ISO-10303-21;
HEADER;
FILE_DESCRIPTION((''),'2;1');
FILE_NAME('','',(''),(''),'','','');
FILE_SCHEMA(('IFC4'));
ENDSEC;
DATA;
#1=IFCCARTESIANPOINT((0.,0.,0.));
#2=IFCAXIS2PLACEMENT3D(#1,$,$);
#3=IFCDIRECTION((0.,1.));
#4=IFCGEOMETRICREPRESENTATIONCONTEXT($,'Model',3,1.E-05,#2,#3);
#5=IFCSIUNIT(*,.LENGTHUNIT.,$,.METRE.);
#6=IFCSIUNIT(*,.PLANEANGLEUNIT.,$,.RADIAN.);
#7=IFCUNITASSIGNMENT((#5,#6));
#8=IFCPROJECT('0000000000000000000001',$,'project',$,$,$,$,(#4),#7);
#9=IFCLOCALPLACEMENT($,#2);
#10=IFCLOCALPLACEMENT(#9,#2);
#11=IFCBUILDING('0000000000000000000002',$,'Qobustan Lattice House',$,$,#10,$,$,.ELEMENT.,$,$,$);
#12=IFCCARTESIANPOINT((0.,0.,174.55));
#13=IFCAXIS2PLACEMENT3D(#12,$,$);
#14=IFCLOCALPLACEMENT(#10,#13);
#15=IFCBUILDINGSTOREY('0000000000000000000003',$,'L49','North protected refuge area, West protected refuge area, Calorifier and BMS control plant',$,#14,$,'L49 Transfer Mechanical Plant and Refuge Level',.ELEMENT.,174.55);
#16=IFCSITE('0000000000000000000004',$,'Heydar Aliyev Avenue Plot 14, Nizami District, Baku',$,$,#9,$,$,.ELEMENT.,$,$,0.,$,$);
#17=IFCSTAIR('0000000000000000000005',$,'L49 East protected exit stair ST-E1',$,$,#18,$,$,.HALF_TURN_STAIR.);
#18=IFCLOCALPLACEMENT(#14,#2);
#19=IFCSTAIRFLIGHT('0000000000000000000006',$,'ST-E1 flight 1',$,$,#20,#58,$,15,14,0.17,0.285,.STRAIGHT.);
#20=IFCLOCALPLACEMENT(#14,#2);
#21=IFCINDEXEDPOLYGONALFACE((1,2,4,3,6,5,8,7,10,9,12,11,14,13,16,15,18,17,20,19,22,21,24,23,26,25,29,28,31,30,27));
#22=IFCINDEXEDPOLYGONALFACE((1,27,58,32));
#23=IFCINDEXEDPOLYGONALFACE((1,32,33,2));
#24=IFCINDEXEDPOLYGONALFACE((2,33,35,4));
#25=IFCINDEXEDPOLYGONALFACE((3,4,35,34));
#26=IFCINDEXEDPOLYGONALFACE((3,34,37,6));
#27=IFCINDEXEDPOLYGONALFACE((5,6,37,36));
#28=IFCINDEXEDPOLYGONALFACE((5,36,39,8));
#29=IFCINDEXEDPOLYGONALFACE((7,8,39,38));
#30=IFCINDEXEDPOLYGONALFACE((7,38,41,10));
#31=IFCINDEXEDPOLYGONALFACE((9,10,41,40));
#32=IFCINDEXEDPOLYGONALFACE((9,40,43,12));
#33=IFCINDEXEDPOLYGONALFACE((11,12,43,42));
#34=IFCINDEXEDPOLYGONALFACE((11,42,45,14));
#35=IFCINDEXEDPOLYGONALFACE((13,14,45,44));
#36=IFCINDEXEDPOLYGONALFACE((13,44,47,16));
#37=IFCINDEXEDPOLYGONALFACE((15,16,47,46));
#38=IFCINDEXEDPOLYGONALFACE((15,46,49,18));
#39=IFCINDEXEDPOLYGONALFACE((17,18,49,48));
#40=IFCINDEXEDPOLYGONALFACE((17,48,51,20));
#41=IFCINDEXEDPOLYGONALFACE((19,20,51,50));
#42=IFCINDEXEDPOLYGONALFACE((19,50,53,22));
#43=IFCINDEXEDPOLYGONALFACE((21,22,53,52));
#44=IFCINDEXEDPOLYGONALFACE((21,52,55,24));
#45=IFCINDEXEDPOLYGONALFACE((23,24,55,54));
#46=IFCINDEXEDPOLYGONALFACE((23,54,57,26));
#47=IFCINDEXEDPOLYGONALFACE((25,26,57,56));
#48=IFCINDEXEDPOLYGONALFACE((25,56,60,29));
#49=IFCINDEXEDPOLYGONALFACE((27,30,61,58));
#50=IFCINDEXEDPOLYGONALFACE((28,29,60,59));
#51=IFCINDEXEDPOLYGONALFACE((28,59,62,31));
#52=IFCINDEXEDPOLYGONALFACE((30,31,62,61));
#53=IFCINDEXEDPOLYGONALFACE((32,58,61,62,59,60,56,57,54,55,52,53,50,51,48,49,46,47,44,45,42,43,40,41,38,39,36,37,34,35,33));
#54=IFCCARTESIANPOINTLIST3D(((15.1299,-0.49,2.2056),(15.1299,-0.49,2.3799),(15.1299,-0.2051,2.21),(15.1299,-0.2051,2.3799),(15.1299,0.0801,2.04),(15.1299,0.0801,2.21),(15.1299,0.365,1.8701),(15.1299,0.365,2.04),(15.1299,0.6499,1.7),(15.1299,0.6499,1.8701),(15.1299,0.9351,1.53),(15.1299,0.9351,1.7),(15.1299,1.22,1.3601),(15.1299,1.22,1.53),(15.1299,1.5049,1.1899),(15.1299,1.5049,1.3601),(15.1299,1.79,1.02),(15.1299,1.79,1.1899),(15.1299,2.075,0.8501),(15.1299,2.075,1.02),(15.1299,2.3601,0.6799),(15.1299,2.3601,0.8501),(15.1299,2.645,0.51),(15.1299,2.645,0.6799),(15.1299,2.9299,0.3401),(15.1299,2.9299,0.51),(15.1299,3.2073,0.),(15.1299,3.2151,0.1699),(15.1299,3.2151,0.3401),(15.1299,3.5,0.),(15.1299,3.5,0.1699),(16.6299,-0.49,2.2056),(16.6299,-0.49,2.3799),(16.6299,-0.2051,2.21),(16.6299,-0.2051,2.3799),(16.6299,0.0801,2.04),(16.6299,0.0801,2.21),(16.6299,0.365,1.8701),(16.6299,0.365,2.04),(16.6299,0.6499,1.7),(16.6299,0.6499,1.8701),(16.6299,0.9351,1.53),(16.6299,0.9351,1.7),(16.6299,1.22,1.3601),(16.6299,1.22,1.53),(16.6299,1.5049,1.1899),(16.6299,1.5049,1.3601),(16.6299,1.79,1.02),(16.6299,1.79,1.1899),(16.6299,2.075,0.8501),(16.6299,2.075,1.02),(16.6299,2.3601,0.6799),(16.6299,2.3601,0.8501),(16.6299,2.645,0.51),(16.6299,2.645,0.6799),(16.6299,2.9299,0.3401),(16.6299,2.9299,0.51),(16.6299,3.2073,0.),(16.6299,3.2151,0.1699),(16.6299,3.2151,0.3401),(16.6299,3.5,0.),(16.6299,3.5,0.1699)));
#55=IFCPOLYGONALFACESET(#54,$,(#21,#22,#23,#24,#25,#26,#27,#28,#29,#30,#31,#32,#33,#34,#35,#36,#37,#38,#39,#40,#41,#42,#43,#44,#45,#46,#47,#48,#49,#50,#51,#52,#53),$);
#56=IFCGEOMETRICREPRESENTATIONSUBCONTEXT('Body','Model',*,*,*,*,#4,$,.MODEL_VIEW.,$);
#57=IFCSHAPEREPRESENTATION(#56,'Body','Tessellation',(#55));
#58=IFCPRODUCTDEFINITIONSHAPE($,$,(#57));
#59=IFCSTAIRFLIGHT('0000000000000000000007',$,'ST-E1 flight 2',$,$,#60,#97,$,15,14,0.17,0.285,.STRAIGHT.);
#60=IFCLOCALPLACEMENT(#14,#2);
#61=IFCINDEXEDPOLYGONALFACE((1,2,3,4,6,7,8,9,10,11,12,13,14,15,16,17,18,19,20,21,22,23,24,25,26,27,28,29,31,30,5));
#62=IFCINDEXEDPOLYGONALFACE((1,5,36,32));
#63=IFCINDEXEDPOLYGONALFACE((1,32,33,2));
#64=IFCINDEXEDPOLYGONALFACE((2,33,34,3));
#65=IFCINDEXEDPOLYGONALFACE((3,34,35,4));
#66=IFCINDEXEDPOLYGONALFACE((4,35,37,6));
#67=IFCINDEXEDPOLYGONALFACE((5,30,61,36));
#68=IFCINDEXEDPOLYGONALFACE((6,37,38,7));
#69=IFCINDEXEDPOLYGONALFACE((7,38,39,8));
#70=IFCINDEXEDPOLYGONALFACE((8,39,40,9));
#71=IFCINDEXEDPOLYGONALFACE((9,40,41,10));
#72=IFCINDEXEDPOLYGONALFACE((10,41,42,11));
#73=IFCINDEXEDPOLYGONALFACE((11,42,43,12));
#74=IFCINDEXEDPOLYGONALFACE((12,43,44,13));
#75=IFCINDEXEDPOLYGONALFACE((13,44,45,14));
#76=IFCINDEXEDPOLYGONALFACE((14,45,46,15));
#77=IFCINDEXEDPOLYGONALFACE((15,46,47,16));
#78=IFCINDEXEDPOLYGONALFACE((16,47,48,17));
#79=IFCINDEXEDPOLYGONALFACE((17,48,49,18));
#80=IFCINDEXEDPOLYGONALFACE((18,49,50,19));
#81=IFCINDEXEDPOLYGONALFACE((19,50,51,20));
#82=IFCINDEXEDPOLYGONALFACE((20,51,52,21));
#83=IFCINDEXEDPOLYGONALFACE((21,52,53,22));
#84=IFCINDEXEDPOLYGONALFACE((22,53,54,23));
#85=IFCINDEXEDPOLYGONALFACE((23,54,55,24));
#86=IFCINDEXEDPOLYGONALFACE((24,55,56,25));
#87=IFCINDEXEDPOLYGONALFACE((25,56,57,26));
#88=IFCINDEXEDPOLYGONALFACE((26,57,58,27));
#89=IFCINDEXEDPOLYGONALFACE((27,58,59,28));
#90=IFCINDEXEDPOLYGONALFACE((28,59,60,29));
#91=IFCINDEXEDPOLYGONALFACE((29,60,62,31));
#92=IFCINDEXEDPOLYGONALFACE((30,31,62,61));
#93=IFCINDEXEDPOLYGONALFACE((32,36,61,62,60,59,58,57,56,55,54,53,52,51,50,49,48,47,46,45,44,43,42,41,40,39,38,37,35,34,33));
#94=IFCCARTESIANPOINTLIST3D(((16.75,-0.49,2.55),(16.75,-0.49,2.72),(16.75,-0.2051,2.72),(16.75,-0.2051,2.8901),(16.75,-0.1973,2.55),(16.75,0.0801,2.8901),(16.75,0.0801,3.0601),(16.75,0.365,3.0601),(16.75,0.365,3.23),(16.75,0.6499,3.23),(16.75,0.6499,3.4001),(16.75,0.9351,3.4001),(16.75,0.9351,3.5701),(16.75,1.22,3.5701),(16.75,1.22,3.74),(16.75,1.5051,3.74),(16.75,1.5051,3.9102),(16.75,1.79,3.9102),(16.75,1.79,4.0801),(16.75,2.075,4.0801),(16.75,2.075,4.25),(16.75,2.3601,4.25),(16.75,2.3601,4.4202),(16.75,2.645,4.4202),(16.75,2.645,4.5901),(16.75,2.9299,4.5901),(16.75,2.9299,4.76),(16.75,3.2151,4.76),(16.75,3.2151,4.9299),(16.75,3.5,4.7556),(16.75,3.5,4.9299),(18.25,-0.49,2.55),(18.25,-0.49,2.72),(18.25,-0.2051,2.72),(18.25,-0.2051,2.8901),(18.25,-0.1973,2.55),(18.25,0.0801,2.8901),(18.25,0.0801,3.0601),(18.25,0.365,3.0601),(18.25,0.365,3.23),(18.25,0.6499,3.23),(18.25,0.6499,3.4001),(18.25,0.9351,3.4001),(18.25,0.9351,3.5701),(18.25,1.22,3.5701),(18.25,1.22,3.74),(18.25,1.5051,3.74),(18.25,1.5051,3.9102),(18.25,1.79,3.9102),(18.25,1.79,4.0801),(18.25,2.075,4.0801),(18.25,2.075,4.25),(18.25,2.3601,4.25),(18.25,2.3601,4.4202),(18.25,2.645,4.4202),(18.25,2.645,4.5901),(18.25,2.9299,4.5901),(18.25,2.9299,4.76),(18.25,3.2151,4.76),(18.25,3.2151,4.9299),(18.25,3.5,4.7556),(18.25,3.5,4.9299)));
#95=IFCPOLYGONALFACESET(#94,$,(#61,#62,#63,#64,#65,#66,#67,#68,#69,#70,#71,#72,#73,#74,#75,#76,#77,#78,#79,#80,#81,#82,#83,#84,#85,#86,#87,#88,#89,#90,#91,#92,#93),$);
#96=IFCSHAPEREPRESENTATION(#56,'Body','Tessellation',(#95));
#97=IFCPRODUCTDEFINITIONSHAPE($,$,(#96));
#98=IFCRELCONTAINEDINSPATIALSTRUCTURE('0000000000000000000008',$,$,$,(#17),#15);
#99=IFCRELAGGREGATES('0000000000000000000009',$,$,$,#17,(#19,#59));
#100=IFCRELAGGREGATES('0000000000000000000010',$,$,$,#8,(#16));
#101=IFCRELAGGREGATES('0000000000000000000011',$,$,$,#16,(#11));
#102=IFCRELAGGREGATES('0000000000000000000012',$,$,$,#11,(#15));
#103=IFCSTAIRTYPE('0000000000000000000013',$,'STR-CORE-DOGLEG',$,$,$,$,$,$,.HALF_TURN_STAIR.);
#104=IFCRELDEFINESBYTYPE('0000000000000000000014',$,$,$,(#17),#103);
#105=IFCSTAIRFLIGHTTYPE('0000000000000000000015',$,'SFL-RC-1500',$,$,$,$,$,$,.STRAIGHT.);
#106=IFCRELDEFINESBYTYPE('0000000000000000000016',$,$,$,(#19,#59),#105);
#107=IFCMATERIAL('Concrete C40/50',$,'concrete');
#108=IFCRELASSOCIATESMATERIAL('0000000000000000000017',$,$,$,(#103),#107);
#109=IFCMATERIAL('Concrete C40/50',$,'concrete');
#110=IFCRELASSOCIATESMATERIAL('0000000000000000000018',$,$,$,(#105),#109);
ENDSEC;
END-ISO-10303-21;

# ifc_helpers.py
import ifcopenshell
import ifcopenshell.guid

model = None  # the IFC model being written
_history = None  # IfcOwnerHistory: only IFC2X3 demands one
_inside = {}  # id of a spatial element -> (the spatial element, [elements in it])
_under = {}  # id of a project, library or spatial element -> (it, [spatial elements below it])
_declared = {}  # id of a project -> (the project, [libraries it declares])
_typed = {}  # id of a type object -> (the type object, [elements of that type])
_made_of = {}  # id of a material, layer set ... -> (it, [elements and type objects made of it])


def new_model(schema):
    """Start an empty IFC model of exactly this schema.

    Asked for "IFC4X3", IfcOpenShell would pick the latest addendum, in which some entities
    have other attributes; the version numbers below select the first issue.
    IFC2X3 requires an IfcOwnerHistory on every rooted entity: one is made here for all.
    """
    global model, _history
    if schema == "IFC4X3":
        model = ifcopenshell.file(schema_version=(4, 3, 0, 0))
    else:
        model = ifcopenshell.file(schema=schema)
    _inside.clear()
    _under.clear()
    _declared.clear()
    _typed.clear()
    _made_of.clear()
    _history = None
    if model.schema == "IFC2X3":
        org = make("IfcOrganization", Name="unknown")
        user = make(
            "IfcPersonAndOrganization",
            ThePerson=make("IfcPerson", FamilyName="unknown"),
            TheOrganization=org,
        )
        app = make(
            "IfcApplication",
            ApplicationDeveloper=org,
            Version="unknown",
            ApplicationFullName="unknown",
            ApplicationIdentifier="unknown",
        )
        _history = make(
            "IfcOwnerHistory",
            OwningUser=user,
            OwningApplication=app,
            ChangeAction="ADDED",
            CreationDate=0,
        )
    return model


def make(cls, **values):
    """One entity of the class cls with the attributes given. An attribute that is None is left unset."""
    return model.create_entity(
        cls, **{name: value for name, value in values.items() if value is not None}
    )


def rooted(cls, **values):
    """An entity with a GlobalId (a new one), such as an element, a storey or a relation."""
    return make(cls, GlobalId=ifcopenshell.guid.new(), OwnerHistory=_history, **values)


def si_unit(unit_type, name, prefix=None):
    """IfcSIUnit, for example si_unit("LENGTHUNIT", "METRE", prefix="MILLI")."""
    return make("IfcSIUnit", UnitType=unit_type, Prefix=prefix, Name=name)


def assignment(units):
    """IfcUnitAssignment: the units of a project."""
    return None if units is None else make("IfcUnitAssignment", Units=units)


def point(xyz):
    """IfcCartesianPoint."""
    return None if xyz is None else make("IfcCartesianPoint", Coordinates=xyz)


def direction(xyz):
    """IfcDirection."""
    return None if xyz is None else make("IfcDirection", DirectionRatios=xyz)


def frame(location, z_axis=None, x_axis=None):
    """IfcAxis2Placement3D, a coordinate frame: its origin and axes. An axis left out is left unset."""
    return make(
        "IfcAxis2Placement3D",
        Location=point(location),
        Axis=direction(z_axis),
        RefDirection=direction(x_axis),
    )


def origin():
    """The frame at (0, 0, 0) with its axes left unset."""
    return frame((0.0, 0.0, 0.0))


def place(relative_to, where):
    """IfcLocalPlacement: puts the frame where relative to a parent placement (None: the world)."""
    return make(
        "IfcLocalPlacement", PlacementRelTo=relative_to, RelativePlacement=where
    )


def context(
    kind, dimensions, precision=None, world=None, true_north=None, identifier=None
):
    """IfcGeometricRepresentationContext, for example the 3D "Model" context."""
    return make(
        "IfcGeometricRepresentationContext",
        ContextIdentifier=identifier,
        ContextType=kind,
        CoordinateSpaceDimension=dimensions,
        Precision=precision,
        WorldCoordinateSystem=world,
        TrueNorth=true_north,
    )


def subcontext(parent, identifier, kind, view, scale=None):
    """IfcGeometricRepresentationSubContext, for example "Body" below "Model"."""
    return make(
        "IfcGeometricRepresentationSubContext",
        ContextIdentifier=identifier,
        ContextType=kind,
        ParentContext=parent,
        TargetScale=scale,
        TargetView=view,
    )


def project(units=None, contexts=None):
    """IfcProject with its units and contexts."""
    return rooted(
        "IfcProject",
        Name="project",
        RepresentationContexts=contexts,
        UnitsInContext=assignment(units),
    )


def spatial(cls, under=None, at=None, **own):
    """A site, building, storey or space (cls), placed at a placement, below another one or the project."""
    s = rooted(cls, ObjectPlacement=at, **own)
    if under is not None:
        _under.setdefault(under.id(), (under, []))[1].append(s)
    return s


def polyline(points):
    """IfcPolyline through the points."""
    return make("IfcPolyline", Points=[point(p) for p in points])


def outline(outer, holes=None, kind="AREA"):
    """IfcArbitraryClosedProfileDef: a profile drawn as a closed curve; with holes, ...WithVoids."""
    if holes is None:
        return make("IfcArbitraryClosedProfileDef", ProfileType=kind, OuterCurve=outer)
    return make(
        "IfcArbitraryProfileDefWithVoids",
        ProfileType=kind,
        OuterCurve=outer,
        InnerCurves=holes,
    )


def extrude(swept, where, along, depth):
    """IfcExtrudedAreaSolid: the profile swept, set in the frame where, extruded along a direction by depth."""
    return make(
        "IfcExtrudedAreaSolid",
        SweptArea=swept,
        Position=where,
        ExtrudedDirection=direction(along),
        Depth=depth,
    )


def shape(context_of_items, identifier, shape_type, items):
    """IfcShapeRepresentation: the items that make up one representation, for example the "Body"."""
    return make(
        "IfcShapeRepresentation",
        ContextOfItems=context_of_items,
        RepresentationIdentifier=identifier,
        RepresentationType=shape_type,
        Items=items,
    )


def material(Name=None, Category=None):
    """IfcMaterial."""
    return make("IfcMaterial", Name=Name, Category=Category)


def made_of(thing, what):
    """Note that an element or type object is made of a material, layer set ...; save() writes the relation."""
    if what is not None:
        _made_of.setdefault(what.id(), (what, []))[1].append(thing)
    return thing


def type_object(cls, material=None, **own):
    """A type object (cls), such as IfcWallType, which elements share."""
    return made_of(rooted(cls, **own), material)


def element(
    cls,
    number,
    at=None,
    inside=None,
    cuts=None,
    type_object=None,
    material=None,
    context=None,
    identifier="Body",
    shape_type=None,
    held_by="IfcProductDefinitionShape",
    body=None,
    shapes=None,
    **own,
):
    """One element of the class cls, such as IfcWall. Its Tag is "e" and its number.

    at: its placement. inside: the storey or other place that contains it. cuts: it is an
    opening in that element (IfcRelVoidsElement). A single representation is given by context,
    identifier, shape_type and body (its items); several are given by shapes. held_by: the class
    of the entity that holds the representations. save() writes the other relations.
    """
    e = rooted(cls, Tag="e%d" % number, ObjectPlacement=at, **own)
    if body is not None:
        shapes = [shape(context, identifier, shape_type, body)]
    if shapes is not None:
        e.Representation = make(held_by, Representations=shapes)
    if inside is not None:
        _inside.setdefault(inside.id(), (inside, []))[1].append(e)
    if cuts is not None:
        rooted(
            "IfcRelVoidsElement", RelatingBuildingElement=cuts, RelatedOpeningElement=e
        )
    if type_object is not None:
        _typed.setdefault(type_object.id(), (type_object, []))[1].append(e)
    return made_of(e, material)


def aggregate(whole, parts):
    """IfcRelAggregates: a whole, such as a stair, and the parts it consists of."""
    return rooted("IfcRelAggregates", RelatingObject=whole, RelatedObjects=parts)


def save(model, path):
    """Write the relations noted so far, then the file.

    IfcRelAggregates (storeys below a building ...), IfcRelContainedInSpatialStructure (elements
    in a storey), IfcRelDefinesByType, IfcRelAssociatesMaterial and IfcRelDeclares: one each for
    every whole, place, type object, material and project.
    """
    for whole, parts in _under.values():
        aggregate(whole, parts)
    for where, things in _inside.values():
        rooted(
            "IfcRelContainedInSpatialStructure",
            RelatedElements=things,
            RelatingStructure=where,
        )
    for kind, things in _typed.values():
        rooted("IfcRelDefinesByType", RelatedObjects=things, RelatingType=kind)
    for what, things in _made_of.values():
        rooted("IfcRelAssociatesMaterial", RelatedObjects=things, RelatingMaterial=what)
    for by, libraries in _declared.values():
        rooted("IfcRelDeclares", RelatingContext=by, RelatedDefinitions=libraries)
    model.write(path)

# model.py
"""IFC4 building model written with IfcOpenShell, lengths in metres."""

from ifc_helpers import new_model, si_unit, direction, frame, origin, place, context, subcontext, project, spatial, polyline, outline, extrude, material, type_object, element, aggregate, save


model = new_model("IFC4")

# Units and contexts
model_context = context("Model", 3, precision=1e-05, world=origin(), true_north=direction((0.0, 1.0)))
body_context = subcontext(model_context, "Body", "Model", "MODEL_VIEW")
ifc_project = project(units=[si_unit("LENGTHUNIT", "METRE"), si_unit("PLANEANGLEUNIT", "RADIAN")], contexts=[model_context])

# Site, building, storey
site_placement = place(None, origin())
site = spatial("IfcSite", under=ifc_project, at=site_placement, Name="Heydar Aliyev Avenue Plot 14, Nizami District, Baku", CompositionType="ELEMENT", RefElevation=0.0)
building_placement = place(site_placement, origin())
building = spatial("IfcBuilding", under=site, at=building_placement, Name="Qobustan Lattice House", CompositionType="ELEMENT")
storey_placement = place(building_placement, frame((0.0, 0.0, 174.55)))
storey = spatial("IfcBuildingStorey", under=building, at=storey_placement, Name="L49", Description="North protected refuge area, West protected refuge area, Calorifier and BMS control plant", LongName="L49 Transfer Mechanical Plant and Refuge Level", CompositionType="ELEMENT", Elevation=174.55)

# Stair, stair flights
ifc_material_1 = material(Name="Concrete C40/50", Category="concrete")
stair_type = type_object("IfcStairType", Name="STR-CORE-DOGLEG", PredefinedType="HALF_TURN_STAIR", material=ifc_material_1)
stair_placement = place(storey_placement, origin())
stair = element("IfcStair", 1, at=stair_placement, inside=storey, type_object=stair_type, Name="L49 East protected exit stair ST-E1", PredefinedType="HALF_TURN_STAIR")
ifc_material_2 = material(Name="Concrete C40/50", Category="concrete")
stair_flight_type = type_object("IfcStairFlightType", Name="SFL-RC-1500", PredefinedType="STRAIGHT", material=ifc_material_2)
stair_flight_1_placement = place(storey_placement, frame((15.8799, 3.5, 0.0), z_axis=(0.0, 0.0, 1.0), x_axis=(0.0, -1.0, 0.0)))
stair_flight_1 = element("IfcStairFlight", 2, at=stair_flight_1_placement, type_object=stair_flight_type, Name="ST-E1 flight 1", NumberOfRisers=15, NumberOfTreads=14, PredefinedType="STRAIGHT", RiserHeight=0.17, TreadLength=0.285, context=body_context, shape_type="SweptSolid", body=[
    extrude(outline(polyline([(0.0, 0.0), (0.0, 0.1699), (0.2849, 0.1699), (0.2849, 0.3401), (0.5701, 0.3401), (0.5701, 0.51), (0.855, 0.51), (0.855, 0.6799), (1.1399, 0.6799), (1.1399, 0.8501), (1.425, 0.8501), (1.425, 1.02), (1.71, 1.02), (1.71, 1.1899), (1.9951, 1.1899), (1.9951, 1.3601), (2.28, 1.3601), (2.28, 1.53), (2.5649, 1.53), (2.5649, 1.7), (2.8501, 1.7), (2.8501, 1.8701), (3.135, 1.8701), (3.135, 2.04), (3.4199, 2.04), (3.4199, 2.21), (3.7051, 2.21), (3.7051, 2.3799), (3.99, 2.3799), (3.99, 2.55), (3.99, 2.2056), (0.2927, 0.0), (0.0, 0.0)])), frame((0.0, 0.75, 0.0), z_axis=(0.0, -1.0, 0.0), x_axis=(1.0, 0.0, 0.0)), (0.0, 0.0, 1.0), 1.5),
])
stair_flight_2_placement = place(storey_placement, frame((17.5, -0.49, 2.55), z_axis=(0.0, 0.0, 1.0), x_axis=(0.0, 1.0, 0.0)))
stair_flight_2 = element("IfcStairFlight", 3, at=stair_flight_2_placement, type_object=stair_flight_type, Name="ST-E1 flight 2", NumberOfRisers=15, NumberOfTreads=14, PredefinedType="STRAIGHT", RiserHeight=0.17, TreadLength=0.285, context=body_context, shape_type="SweptSolid", body=[
    extrude(outline(polyline([(0.0, 0.0), (0.0, 0.1699), (0.2849, 0.1699), (0.2849, 0.3401), (0.5701, 0.3401), (0.5701, 0.51), (0.855, 0.51), (0.855, 0.6799), (1.1399, 0.6799), (1.1399, 0.8501), (1.425, 0.8501), (1.425, 1.02), (1.71, 1.02), (1.71, 1.1899), (1.9951, 1.1899), (1.9951, 1.3601), (2.28, 1.3601), (2.28, 1.53), (2.5649, 1.53), (2.5649, 1.7), (2.8501, 1.7), (2.8501, 1.8701), (3.135, 1.8701), (3.135, 2.04), (3.4199, 2.04), (3.4199, 2.21), (3.7051, 2.21), (3.7051, 2.3799), (3.99, 2.3799), (3.99, 2.55), (3.99, 2.2056), (0.2927, 0.0), (0.0, 0.0)])), frame((0.0, 0.75, 0.0), z_axis=(0.0, -1.0, 0.0), x_axis=(1.0, 0.0, 0.0)), (0.0, 0.0, 1.0), 1.5),
])
aggregate(stair, [stair_flight_1, stair_flight_2])

save(model, "model.ifc")
